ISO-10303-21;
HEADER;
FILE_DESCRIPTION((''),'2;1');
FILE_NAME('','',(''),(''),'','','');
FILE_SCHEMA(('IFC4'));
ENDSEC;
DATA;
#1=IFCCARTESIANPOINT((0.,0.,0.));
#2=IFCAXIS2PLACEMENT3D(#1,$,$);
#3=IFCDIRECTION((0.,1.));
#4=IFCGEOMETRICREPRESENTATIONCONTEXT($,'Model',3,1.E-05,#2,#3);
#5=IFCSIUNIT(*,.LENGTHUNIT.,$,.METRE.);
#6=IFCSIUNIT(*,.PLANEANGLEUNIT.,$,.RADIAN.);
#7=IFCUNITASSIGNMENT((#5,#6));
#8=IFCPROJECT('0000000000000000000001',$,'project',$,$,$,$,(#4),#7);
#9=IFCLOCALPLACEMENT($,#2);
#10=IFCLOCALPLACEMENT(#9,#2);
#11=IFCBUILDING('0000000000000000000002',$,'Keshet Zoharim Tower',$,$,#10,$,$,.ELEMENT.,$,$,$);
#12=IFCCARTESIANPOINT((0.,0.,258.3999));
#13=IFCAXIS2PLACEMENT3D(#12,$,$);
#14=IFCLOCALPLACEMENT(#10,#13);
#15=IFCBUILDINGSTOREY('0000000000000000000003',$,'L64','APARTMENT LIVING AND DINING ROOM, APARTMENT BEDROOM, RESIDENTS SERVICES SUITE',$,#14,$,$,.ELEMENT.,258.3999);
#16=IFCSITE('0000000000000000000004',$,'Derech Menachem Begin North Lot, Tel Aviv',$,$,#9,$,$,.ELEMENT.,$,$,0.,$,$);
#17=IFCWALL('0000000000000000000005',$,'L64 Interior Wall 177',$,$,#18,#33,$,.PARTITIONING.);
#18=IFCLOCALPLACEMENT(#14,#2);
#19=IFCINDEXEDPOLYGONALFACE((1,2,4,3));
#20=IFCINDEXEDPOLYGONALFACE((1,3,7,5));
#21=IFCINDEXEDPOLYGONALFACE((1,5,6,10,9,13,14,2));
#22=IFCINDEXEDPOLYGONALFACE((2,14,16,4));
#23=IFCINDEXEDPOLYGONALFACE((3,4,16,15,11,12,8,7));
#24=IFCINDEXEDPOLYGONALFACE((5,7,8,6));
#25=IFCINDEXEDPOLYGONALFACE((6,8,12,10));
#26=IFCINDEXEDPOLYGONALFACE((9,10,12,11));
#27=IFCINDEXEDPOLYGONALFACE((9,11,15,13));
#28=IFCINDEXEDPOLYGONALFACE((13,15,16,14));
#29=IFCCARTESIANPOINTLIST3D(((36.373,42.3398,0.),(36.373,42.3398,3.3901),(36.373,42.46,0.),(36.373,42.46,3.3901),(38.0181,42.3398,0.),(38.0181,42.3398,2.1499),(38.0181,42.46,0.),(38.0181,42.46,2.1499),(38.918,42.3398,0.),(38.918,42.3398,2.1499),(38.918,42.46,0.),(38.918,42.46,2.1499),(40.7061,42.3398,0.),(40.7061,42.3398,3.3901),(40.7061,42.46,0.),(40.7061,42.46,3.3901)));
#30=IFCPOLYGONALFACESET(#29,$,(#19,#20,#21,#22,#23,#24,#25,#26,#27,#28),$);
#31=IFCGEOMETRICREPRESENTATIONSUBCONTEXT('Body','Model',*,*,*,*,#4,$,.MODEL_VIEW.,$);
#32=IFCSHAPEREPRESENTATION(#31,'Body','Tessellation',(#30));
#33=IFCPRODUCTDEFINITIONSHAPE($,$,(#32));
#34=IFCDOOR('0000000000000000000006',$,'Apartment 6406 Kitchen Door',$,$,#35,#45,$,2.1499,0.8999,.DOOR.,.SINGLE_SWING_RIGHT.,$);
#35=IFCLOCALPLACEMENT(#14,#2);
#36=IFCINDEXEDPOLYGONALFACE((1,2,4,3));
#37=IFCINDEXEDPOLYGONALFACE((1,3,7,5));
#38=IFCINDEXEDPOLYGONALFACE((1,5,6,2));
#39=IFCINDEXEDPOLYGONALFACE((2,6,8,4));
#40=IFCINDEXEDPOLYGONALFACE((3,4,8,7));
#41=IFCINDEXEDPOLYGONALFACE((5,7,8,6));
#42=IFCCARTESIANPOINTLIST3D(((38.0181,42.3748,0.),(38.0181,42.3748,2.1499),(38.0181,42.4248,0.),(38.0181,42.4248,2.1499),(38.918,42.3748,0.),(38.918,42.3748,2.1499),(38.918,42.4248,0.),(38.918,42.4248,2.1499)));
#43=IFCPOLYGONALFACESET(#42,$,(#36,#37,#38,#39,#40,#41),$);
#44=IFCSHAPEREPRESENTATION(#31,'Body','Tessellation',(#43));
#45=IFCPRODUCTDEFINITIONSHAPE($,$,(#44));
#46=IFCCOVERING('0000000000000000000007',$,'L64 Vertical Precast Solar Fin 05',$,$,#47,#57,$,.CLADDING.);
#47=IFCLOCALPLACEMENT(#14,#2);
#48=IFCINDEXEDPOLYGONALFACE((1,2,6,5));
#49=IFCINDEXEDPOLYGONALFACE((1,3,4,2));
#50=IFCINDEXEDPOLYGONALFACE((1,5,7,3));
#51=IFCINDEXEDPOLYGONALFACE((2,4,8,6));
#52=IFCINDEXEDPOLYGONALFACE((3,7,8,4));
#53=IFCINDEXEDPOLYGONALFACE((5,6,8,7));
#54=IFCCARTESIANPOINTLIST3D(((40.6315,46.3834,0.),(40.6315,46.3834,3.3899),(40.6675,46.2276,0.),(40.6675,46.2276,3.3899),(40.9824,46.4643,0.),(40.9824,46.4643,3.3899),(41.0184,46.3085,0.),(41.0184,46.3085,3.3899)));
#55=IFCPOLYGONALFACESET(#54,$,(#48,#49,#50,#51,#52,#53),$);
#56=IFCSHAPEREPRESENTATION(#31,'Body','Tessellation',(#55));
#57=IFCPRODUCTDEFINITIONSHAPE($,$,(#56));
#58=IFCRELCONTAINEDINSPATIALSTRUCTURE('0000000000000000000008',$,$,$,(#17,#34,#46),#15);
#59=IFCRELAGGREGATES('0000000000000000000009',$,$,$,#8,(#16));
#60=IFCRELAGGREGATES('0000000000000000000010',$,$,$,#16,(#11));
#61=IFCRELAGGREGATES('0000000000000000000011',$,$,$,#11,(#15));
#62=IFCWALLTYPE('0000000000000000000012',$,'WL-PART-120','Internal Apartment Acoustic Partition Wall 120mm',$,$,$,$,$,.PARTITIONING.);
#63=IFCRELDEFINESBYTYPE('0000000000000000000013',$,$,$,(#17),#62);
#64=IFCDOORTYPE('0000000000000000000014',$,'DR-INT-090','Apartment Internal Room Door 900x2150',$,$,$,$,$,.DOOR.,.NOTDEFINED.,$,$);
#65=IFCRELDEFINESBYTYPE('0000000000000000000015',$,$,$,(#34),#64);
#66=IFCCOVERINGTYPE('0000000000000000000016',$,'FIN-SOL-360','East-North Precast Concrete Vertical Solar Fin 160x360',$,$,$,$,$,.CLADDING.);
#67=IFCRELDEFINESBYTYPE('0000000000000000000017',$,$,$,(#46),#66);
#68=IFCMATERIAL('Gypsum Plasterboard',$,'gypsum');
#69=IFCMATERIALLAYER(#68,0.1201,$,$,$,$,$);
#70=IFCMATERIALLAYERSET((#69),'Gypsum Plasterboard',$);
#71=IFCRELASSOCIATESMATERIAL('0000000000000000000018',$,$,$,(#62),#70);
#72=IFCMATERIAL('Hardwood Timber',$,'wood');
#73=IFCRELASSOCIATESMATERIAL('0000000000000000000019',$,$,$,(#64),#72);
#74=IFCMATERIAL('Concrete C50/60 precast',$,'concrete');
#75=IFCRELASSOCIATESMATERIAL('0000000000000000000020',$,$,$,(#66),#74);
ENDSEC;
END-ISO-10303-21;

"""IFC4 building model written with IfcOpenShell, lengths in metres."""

from ifc_helpers import new_model, si_unit, direction, frame, frame_2d, origin, origin_2d, place, context, subcontext, project, spatial, rectangle, extrude, material, layer, layer_set, type_object, element, fill, save


model = new_model("IFC4")

# Units and contexts
model_context = context("Model", 3, precision=1e-05, world=origin(), true_north=direction((0.0, 1.0)))
body_context = subcontext(model_context, "Body", "Model", "MODEL_VIEW")
ifc_project = project(units=[si_unit("LENGTHUNIT", "METRE"), si_unit("PLANEANGLEUNIT", "RADIAN")], contexts=[model_context])

# Site, building, storey
site_placement = place(None, origin())
site = spatial("IfcSite", under=ifc_project, at=site_placement, Name="Derech Menachem Begin North Lot, Tel Aviv", CompositionType="ELEMENT", RefElevation=0.0)
building_placement = place(site_placement, origin())
building = spatial("IfcBuilding", under=site, at=building_placement, Name="Keshet Zoharim Tower", CompositionType="ELEMENT")
storey_placement = place(building_placement, frame((0.0, 0.0, 258.3999)))
storey = spatial("IfcBuildingStorey", under=building, at=storey_placement, Name="L64", Description="APARTMENT LIVING AND DINING ROOM, APARTMENT BEDROOM, RESIDENTS SERVICES SUITE", CompositionType="ELEMENT", Elevation=258.3999)

# Shared definitions
ifc_material_1 = material(Name="Gypsum Plasterboard", Category="gypsum")
ifc_layer_1 = layer(ifc_material_1, 0.1201)
ifc_layer_set_1 = layer_set([ifc_layer_1], Name="Gypsum Plasterboard")
wall_type = type_object("IfcWallType", Name="WL-PART-120", Description="Internal Apartment Acoustic Partition Wall 120mm", PredefinedType="PARTITIONING", material=ifc_layer_set_1)

# Wall, opening, door
wall_1_placement = place(storey_placement, frame((36.373, 42.3999, 0.0), z_axis=(0.0, 0.0, 1.0), x_axis=(1.0, 0.0, 0.0)))
wall_1 = element("IfcWall", 1, at=wall_1_placement, inside=storey, type_object=wall_type, Name="L64 Interior Wall 177", PredefinedType="PARTITIONING", context=body_context, shape_type="SweptSolid", body=[
    extrude(rectangle(XDim=4.333, YDim=0.1201, at=frame_2d((2.1665, 0.0))), origin(), (0.0, 0.0, 1.0), 3.3901),
])
opening_placement = place(wall_1_placement, frame((1.645, 0.0, 0.0)))
opening = element("IfcOpeningElement", 2, at=opening_placement, cuts=wall_1, PredefinedType="OPENING", context=body_context, shape_type="SweptSolid", body=[
    extrude(rectangle(XDim=0.8999, YDim=2.1499, at=frame_2d((0.45, 1.075))), frame((0.0, 0.0701, 0.0), z_axis=(0.0, -1.0, 0.0), x_axis=(1.0, 0.0, 0.0)), (0.0, 0.0, 1.0), 0.1401),
])
ifc_material_2 = material(Name="Hardwood Timber", Category="wood")
door_type = type_object("IfcDoorType", Name="DR-INT-090", Description="Apartment Internal Room Door 900x2150", OperationType="NOTDEFINED", PredefinedType="DOOR", material=ifc_material_2)
door_placement = place(opening_placement, origin())
door = element("IfcDoor", 3, at=door_placement, inside=storey, type_object=door_type, Name="Apartment 6406 Kitchen Door", OperationType="SINGLE_SWING_RIGHT", OverallHeight=2.1499, OverallWidth=0.8999, PredefinedType="DOOR", context=body_context, shape_type="SweptSolid", body=[
    extrude(rectangle(XDim=0.8999, YDim=2.1499, at=frame_2d((0.45, 1.075))), frame((0.0, 0.0249, 0.0), z_axis=(0.0, -1.0, 0.0), x_axis=(1.0, 0.0, 0.0)), (0.0, 0.0, 1.0), 0.05),
])
fill(opening, door)

# Covering
ifc_material_3 = material(Name="Concrete C50/60 precast", Category="concrete")
covering_type = type_object("IfcCoveringType", Name="FIN-SOL-360", Description="East-North Precast Concrete Vertical Solar Fin 160x360", PredefinedType="CLADDING", material=ifc_material_3)
covering_placement = place(storey_placement, frame((40.825, 46.3459, 0.0), z_axis=(0.0, 0.0, 1.0), x_axis=(0.22483, -0.974398, 0.0)))
element("IfcCovering", 4, at=covering_placement, inside=storey, type_object=covering_type, Name="L64 Vertical Precast Solar Fin 05", PredefinedType="CLADDING", context=body_context, shape_type="SweptSolid", body=[
    extrude(rectangle(XDim=0.1599, YDim=0.3601, at=origin_2d()), origin(), (0.0, 0.0, 1.0), 3.3899),
])

save(model, "model.ifc")
